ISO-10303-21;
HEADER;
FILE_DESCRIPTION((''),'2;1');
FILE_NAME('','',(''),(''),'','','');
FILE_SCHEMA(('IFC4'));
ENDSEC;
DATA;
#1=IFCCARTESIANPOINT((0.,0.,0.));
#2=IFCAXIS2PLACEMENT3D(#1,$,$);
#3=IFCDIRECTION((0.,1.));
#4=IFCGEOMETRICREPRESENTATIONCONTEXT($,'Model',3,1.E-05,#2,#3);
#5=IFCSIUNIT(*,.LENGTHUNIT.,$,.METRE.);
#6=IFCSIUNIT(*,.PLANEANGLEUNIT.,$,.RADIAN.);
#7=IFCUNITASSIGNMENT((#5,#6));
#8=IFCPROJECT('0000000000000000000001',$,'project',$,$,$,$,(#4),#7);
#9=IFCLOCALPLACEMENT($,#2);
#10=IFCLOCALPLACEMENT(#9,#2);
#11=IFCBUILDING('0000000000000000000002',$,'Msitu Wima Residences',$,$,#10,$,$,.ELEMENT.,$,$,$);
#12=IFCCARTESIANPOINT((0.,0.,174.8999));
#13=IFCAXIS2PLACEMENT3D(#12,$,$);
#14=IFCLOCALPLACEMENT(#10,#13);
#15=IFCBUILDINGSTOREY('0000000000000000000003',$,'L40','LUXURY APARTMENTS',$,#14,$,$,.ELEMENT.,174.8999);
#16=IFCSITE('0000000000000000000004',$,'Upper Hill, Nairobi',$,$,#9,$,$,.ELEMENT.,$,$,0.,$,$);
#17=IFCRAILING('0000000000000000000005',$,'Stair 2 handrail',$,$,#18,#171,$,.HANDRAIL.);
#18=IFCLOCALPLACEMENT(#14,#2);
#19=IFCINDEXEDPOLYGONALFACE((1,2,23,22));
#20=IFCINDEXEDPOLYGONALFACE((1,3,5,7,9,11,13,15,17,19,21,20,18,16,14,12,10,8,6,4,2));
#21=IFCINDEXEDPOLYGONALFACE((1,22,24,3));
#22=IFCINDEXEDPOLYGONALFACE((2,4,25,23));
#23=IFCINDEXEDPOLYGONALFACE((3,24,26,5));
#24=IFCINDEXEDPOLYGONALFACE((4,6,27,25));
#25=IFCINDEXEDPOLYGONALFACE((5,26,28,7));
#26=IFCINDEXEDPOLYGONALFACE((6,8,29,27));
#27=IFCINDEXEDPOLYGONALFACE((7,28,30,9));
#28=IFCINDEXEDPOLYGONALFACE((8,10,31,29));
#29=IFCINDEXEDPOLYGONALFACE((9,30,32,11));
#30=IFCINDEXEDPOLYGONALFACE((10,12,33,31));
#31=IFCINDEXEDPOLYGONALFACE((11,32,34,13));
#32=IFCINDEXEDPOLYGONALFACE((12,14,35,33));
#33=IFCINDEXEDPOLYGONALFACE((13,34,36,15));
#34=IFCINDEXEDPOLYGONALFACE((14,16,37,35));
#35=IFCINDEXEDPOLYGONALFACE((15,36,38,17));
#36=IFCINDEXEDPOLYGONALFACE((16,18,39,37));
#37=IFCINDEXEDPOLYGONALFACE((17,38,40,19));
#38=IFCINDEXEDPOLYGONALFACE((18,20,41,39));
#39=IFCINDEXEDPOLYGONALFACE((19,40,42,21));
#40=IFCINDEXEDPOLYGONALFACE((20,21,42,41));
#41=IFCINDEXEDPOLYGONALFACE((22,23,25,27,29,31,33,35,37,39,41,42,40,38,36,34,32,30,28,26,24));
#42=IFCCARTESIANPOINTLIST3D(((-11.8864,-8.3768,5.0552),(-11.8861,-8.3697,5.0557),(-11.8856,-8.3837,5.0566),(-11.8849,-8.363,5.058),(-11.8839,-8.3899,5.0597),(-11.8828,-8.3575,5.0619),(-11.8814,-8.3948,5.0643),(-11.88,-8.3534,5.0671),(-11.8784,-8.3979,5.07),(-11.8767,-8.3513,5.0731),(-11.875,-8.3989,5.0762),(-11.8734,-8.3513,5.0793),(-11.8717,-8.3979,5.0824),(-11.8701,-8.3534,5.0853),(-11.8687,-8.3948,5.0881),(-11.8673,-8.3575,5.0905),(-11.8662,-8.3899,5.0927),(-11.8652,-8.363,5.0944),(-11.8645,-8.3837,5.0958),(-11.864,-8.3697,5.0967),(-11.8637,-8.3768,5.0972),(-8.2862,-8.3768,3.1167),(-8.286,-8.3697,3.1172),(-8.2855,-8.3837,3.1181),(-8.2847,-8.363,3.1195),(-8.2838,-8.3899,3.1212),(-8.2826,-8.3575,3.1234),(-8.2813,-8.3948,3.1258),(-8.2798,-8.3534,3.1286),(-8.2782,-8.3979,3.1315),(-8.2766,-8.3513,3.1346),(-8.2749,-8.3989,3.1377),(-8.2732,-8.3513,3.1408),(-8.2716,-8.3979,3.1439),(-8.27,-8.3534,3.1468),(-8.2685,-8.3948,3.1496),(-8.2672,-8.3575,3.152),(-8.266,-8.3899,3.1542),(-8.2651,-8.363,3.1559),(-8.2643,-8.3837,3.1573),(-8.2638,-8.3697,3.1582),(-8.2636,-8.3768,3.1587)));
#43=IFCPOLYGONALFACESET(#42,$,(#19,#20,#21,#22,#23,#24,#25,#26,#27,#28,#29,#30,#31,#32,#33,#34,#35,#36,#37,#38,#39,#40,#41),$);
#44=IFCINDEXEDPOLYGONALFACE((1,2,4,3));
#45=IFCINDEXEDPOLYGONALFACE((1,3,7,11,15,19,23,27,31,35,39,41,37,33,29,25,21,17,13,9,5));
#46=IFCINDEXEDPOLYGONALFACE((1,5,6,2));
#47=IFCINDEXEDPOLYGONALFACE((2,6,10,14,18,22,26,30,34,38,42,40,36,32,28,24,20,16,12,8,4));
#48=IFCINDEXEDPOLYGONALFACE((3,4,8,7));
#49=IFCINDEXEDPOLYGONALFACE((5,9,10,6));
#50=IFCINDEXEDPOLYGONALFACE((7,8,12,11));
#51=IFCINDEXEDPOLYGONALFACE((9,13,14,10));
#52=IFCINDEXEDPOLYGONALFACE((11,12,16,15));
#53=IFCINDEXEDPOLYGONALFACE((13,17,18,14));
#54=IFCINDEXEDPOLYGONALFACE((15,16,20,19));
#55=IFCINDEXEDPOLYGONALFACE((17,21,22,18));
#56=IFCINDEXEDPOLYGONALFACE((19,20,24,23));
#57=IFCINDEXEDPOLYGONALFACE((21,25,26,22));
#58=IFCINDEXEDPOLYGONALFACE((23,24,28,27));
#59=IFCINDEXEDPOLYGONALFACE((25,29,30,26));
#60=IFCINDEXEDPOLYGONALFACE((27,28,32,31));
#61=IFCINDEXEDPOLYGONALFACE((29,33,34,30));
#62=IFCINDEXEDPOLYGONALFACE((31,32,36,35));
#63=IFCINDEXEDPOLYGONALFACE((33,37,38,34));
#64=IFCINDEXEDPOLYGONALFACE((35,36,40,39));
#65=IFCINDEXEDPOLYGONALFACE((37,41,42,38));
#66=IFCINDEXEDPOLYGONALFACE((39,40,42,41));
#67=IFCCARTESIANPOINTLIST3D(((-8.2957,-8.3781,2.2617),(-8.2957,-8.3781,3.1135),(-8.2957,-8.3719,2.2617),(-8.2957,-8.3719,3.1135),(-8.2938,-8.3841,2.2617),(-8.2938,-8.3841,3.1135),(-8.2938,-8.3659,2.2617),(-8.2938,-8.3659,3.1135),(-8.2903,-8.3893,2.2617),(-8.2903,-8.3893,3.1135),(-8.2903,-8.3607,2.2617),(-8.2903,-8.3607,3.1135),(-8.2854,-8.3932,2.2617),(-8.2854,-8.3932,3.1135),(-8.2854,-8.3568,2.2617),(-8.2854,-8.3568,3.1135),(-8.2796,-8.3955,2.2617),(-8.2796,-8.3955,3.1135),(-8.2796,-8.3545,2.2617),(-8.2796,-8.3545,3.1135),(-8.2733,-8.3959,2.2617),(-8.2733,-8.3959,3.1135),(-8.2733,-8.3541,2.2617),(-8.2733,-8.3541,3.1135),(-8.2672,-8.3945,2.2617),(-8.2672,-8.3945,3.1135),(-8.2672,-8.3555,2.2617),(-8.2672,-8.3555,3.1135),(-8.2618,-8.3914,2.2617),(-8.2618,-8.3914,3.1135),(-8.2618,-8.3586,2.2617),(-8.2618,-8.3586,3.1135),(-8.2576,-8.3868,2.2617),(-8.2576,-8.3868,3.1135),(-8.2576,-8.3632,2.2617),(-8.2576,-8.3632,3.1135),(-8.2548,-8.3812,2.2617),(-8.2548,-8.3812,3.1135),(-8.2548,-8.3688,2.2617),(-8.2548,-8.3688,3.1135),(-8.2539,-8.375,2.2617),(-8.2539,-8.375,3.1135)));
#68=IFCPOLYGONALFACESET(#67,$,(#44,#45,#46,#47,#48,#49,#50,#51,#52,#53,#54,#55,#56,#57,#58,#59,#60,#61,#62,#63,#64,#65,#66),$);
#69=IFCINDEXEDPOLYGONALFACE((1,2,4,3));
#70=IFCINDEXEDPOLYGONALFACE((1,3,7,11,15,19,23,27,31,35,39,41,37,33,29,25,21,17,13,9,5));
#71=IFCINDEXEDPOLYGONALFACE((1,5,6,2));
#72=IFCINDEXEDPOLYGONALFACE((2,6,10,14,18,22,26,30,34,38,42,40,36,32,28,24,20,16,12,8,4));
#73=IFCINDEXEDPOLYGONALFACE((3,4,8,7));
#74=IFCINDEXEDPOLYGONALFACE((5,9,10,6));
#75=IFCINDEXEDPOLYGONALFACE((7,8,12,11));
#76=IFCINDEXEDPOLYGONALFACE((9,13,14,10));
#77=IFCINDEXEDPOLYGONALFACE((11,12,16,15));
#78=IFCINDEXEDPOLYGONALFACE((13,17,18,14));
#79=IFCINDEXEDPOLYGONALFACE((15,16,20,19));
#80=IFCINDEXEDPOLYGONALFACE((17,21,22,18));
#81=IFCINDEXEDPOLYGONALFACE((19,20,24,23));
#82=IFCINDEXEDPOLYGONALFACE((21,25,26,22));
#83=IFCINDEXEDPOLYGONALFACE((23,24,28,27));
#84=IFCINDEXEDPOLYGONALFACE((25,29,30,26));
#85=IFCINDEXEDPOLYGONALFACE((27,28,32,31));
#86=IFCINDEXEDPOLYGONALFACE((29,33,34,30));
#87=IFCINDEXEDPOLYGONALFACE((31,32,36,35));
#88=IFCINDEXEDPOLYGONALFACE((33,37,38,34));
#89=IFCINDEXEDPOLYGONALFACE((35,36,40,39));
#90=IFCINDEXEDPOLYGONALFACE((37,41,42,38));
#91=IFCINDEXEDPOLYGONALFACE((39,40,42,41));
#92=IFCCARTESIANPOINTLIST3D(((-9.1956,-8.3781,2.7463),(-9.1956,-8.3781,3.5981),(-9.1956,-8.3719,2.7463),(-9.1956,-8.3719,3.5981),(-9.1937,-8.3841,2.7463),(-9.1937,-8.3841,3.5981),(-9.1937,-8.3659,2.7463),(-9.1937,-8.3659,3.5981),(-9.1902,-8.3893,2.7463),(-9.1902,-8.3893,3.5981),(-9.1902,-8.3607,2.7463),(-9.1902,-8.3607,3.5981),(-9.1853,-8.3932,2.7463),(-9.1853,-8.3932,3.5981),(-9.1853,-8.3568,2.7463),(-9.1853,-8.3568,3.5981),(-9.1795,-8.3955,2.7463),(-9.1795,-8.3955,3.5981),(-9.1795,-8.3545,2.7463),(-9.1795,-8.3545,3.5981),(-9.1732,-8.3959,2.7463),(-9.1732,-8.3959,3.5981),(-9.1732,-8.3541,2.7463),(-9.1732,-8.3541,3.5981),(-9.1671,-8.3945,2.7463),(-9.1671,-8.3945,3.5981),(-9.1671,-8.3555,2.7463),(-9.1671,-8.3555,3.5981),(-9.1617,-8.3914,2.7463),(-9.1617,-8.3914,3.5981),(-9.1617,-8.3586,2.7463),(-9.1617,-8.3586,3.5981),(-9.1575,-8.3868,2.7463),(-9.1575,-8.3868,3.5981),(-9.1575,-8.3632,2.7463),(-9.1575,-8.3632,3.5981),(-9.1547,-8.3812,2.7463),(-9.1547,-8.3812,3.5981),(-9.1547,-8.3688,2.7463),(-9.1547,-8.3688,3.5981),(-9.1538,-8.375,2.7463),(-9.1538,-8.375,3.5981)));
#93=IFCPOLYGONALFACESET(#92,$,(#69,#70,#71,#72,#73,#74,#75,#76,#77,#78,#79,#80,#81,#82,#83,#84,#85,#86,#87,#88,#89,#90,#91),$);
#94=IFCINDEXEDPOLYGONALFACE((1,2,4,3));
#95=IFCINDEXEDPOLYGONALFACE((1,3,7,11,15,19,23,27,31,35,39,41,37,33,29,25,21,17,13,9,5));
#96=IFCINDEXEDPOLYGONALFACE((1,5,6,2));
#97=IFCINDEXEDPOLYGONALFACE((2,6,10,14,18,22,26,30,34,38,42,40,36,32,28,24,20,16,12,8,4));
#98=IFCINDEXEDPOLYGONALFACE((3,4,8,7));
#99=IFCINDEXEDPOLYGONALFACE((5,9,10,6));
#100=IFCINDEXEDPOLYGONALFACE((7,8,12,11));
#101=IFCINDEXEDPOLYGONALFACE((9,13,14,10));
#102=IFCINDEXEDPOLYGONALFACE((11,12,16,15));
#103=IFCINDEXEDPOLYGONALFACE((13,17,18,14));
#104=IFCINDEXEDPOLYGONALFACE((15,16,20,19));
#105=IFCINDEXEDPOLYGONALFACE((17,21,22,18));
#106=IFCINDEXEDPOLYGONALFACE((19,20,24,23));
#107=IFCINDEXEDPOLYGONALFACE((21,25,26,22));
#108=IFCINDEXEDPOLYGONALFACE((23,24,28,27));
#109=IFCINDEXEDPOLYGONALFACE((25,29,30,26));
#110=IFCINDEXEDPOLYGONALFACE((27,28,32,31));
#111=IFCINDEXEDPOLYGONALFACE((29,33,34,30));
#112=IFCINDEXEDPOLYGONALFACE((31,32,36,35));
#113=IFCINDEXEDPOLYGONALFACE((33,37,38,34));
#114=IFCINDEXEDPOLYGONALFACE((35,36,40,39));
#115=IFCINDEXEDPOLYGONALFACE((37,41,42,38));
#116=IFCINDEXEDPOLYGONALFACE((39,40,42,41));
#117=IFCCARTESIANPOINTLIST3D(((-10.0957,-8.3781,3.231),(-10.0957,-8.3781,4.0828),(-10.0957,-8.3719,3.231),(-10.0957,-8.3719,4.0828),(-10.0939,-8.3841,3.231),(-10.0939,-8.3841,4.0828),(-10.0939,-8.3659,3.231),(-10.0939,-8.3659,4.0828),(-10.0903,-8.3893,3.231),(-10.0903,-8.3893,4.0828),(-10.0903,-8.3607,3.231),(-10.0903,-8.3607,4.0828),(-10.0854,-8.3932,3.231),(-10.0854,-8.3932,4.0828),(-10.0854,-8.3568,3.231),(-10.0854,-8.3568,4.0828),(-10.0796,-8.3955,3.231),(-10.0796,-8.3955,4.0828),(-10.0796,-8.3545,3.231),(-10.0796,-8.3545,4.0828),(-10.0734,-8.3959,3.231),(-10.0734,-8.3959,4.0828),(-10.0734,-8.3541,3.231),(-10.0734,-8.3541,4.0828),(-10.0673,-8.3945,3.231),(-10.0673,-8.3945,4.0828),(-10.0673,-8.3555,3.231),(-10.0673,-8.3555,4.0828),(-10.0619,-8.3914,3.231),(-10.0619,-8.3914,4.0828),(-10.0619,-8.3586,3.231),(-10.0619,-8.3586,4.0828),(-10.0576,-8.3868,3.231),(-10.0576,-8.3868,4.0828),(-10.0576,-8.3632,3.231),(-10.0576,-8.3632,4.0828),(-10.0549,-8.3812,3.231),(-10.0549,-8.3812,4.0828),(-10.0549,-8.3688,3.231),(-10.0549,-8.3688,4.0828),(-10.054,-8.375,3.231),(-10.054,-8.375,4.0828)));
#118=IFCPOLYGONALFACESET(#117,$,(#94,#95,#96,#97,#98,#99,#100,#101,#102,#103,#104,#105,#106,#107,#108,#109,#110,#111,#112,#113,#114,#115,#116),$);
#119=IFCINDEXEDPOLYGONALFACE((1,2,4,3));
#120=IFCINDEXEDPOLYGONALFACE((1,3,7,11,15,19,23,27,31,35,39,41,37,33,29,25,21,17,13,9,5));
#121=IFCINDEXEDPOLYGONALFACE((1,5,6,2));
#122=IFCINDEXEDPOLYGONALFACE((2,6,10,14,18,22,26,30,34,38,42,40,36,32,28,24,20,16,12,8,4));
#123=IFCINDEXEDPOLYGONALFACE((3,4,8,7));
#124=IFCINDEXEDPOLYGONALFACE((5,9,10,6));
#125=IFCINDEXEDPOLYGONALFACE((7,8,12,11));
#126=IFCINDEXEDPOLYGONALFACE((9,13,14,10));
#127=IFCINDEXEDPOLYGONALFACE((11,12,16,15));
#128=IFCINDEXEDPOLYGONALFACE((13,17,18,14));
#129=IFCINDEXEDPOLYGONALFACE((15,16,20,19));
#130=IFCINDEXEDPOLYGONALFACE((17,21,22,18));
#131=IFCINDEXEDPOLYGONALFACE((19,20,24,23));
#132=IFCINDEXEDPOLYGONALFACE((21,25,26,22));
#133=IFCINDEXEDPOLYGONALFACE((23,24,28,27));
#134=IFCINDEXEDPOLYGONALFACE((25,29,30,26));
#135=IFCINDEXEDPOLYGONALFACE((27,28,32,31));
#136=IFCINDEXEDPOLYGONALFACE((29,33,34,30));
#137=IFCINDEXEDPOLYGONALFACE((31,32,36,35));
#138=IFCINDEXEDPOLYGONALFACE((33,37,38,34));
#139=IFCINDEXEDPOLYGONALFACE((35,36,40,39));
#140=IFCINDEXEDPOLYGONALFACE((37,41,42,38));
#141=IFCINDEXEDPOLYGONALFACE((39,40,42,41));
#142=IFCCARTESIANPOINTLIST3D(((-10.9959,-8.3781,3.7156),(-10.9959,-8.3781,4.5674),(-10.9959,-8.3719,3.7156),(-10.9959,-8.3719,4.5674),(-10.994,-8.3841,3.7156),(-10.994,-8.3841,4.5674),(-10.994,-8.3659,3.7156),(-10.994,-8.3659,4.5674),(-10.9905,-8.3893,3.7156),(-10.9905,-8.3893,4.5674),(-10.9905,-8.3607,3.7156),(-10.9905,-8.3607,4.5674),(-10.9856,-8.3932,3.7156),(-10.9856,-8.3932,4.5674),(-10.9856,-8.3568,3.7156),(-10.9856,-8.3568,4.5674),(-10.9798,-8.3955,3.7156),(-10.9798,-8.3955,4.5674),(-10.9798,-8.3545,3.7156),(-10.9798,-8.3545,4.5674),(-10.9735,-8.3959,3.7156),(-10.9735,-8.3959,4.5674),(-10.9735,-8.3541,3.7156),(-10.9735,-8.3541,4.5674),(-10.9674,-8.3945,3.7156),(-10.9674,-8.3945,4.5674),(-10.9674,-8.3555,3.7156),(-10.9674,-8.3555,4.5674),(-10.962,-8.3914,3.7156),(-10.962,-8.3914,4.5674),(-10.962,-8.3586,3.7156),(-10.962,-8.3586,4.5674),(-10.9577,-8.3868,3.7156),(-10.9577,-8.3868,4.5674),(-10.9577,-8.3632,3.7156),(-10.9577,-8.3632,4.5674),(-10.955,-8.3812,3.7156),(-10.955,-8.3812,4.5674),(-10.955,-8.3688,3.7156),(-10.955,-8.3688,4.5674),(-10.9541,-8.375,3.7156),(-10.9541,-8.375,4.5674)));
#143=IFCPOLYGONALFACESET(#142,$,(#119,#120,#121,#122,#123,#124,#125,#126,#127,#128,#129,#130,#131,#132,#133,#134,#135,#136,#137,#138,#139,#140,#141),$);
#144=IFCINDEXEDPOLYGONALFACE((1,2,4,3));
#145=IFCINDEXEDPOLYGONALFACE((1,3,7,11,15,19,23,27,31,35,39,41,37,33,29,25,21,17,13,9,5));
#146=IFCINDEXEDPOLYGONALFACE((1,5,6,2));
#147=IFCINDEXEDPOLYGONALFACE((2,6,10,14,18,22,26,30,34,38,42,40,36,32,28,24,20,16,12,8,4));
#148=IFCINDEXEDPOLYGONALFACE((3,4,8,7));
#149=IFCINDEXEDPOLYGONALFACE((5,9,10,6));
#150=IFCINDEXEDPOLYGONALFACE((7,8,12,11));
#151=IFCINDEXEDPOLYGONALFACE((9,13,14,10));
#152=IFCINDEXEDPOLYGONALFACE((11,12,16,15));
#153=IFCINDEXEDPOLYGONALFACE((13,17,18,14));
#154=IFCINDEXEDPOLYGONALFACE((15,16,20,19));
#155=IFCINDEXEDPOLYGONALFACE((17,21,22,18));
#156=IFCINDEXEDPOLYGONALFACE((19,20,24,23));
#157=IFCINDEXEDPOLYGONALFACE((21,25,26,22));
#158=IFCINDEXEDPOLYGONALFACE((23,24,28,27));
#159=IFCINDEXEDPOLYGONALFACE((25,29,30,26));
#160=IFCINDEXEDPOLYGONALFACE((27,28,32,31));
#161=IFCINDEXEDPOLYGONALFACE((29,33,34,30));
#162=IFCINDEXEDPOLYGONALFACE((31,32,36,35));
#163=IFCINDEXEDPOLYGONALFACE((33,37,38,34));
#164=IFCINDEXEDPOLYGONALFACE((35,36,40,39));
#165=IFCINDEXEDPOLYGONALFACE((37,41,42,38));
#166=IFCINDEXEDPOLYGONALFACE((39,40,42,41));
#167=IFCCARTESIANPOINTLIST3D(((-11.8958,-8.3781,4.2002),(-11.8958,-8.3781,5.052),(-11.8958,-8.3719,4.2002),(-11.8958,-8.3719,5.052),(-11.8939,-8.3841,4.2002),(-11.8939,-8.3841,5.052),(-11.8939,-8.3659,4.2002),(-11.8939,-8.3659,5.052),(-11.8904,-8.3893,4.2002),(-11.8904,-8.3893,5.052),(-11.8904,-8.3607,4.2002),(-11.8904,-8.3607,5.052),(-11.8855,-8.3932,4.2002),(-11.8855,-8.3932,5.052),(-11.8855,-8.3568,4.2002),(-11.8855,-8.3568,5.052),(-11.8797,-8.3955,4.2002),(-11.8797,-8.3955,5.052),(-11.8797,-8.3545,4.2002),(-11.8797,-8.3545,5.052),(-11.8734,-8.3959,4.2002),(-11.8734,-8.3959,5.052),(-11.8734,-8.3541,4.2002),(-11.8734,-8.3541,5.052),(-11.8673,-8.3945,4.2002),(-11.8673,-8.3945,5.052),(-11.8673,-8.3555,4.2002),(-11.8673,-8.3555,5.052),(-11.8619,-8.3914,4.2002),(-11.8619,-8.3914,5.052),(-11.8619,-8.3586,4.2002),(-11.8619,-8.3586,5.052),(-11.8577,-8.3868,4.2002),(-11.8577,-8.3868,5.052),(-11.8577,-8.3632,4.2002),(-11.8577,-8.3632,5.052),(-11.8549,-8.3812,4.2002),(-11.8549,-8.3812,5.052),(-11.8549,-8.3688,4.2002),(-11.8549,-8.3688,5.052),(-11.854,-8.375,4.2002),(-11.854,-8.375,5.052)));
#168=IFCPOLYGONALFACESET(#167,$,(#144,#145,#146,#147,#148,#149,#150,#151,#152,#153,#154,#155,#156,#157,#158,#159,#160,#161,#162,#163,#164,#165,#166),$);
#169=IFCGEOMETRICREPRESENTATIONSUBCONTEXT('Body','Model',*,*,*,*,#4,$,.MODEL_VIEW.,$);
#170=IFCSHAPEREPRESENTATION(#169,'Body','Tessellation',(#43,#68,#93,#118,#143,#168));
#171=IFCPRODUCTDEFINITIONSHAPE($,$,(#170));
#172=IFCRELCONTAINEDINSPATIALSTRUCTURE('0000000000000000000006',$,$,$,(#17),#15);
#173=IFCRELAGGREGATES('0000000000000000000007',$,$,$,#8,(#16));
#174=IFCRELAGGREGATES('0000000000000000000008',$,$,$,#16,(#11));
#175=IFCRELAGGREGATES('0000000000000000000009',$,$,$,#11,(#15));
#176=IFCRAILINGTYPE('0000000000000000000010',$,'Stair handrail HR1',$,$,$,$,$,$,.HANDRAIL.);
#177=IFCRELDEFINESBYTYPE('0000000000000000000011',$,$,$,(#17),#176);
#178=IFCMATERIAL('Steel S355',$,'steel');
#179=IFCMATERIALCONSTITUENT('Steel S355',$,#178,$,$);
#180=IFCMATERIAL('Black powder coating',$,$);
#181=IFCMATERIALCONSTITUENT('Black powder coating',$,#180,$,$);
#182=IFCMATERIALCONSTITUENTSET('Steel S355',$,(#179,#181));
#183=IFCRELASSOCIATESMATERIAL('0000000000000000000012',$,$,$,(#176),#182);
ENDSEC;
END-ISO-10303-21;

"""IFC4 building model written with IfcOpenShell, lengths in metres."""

from ifc_helpers import new_model, si_unit, direction, frame, origin, origin_2d, place, context, subcontext, project, spatial, circle, extrude, material, constituent, constituent_set, type_object, element, save


model = new_model("IFC4")

# Units and contexts
model_context = context("Model", 3, precision=1e-05, world=origin(), true_north=direction((0.0, 1.0)))
body_context = subcontext(model_context, "Body", "Model", "MODEL_VIEW")
ifc_project = project(units=[si_unit("LENGTHUNIT", "METRE"), si_unit("PLANEANGLEUNIT", "RADIAN")], contexts=[model_context])

# Site, building, storey
site_placement = place(None, origin())
site = spatial("IfcSite", under=ifc_project, at=site_placement, Name="Upper Hill, Nairobi", CompositionType="ELEMENT", RefElevation=0.0)
building_placement = place(site_placement, origin())
building = spatial("IfcBuilding", under=site, at=building_placement, Name="Msitu Wima Residences", CompositionType="ELEMENT")
storey_placement = place(building_placement, frame((0.0, 0.0, 174.8999)))
storey = spatial("IfcBuildingStorey", under=building, at=storey_placement, Name="L40", Description="LUXURY APARTMENTS", CompositionType="ELEMENT", Elevation=174.8999)

# Railing
ifc_material_1 = material(Name="Steel S355", Category="steel")
ifc_constituent_1 = constituent(ifc_material_1, Name="Steel S355")
ifc_material_2 = material(Name="Black powder coating")
ifc_constituent_2 = constituent(ifc_material_2, Name="Black powder coating")
ifc_constituent_set = constituent_set(constituents=[ifc_constituent_1, ifc_constituent_2], Name="Steel S355")
railing_type = type_object("IfcRailingType", Name="Stair handrail HR1", PredefinedType="HANDRAIL", material=ifc_constituent_set)
railing_placement = place(storey_placement, frame((-8.2749, -8.375, 2.2617)))
element("IfcRailing", 1, at=railing_placement, inside=storey, type_object=railing_type, Name="Stair 2 handrail", PredefinedType="HANDRAIL", context=body_context, shape_type="SweptSolid", body=[
    extrude(circle(Radius=0.0239, at=origin_2d()), frame((0.0, 0.0, 0.876), z_axis=(-0.880475, 0.0, 0.474093), x_axis=(0.0, -1.0, 0.0)), (0.0, 0.0, 1.0), 4.0889),
    extrude(circle(Radius=0.021, at=origin_2d()), origin(), (0.0, 0.0, 1.0), 0.8518),
    extrude(circle(Radius=0.021, at=origin_2d()), frame((-0.8999, 0.0, 0.4846)), (0.0, 0.0, 1.0), 0.8518),
    extrude(circle(Radius=0.021, at=origin_2d()), frame((-1.8, 0.0, 0.9692)), (0.0, 0.0, 1.0), 0.8518),
    extrude(circle(Radius=0.021, at=origin_2d()), frame((-2.7002, 0.0, 1.4539)), (0.0, 0.0, 1.0), 0.8518),
    extrude(circle(Radius=0.021, at=origin_2d()), frame((-3.6001, 0.0, 1.9385)), (0.0, 0.0, 1.0), 0.8518),
])

save(model, "model.ifc")
